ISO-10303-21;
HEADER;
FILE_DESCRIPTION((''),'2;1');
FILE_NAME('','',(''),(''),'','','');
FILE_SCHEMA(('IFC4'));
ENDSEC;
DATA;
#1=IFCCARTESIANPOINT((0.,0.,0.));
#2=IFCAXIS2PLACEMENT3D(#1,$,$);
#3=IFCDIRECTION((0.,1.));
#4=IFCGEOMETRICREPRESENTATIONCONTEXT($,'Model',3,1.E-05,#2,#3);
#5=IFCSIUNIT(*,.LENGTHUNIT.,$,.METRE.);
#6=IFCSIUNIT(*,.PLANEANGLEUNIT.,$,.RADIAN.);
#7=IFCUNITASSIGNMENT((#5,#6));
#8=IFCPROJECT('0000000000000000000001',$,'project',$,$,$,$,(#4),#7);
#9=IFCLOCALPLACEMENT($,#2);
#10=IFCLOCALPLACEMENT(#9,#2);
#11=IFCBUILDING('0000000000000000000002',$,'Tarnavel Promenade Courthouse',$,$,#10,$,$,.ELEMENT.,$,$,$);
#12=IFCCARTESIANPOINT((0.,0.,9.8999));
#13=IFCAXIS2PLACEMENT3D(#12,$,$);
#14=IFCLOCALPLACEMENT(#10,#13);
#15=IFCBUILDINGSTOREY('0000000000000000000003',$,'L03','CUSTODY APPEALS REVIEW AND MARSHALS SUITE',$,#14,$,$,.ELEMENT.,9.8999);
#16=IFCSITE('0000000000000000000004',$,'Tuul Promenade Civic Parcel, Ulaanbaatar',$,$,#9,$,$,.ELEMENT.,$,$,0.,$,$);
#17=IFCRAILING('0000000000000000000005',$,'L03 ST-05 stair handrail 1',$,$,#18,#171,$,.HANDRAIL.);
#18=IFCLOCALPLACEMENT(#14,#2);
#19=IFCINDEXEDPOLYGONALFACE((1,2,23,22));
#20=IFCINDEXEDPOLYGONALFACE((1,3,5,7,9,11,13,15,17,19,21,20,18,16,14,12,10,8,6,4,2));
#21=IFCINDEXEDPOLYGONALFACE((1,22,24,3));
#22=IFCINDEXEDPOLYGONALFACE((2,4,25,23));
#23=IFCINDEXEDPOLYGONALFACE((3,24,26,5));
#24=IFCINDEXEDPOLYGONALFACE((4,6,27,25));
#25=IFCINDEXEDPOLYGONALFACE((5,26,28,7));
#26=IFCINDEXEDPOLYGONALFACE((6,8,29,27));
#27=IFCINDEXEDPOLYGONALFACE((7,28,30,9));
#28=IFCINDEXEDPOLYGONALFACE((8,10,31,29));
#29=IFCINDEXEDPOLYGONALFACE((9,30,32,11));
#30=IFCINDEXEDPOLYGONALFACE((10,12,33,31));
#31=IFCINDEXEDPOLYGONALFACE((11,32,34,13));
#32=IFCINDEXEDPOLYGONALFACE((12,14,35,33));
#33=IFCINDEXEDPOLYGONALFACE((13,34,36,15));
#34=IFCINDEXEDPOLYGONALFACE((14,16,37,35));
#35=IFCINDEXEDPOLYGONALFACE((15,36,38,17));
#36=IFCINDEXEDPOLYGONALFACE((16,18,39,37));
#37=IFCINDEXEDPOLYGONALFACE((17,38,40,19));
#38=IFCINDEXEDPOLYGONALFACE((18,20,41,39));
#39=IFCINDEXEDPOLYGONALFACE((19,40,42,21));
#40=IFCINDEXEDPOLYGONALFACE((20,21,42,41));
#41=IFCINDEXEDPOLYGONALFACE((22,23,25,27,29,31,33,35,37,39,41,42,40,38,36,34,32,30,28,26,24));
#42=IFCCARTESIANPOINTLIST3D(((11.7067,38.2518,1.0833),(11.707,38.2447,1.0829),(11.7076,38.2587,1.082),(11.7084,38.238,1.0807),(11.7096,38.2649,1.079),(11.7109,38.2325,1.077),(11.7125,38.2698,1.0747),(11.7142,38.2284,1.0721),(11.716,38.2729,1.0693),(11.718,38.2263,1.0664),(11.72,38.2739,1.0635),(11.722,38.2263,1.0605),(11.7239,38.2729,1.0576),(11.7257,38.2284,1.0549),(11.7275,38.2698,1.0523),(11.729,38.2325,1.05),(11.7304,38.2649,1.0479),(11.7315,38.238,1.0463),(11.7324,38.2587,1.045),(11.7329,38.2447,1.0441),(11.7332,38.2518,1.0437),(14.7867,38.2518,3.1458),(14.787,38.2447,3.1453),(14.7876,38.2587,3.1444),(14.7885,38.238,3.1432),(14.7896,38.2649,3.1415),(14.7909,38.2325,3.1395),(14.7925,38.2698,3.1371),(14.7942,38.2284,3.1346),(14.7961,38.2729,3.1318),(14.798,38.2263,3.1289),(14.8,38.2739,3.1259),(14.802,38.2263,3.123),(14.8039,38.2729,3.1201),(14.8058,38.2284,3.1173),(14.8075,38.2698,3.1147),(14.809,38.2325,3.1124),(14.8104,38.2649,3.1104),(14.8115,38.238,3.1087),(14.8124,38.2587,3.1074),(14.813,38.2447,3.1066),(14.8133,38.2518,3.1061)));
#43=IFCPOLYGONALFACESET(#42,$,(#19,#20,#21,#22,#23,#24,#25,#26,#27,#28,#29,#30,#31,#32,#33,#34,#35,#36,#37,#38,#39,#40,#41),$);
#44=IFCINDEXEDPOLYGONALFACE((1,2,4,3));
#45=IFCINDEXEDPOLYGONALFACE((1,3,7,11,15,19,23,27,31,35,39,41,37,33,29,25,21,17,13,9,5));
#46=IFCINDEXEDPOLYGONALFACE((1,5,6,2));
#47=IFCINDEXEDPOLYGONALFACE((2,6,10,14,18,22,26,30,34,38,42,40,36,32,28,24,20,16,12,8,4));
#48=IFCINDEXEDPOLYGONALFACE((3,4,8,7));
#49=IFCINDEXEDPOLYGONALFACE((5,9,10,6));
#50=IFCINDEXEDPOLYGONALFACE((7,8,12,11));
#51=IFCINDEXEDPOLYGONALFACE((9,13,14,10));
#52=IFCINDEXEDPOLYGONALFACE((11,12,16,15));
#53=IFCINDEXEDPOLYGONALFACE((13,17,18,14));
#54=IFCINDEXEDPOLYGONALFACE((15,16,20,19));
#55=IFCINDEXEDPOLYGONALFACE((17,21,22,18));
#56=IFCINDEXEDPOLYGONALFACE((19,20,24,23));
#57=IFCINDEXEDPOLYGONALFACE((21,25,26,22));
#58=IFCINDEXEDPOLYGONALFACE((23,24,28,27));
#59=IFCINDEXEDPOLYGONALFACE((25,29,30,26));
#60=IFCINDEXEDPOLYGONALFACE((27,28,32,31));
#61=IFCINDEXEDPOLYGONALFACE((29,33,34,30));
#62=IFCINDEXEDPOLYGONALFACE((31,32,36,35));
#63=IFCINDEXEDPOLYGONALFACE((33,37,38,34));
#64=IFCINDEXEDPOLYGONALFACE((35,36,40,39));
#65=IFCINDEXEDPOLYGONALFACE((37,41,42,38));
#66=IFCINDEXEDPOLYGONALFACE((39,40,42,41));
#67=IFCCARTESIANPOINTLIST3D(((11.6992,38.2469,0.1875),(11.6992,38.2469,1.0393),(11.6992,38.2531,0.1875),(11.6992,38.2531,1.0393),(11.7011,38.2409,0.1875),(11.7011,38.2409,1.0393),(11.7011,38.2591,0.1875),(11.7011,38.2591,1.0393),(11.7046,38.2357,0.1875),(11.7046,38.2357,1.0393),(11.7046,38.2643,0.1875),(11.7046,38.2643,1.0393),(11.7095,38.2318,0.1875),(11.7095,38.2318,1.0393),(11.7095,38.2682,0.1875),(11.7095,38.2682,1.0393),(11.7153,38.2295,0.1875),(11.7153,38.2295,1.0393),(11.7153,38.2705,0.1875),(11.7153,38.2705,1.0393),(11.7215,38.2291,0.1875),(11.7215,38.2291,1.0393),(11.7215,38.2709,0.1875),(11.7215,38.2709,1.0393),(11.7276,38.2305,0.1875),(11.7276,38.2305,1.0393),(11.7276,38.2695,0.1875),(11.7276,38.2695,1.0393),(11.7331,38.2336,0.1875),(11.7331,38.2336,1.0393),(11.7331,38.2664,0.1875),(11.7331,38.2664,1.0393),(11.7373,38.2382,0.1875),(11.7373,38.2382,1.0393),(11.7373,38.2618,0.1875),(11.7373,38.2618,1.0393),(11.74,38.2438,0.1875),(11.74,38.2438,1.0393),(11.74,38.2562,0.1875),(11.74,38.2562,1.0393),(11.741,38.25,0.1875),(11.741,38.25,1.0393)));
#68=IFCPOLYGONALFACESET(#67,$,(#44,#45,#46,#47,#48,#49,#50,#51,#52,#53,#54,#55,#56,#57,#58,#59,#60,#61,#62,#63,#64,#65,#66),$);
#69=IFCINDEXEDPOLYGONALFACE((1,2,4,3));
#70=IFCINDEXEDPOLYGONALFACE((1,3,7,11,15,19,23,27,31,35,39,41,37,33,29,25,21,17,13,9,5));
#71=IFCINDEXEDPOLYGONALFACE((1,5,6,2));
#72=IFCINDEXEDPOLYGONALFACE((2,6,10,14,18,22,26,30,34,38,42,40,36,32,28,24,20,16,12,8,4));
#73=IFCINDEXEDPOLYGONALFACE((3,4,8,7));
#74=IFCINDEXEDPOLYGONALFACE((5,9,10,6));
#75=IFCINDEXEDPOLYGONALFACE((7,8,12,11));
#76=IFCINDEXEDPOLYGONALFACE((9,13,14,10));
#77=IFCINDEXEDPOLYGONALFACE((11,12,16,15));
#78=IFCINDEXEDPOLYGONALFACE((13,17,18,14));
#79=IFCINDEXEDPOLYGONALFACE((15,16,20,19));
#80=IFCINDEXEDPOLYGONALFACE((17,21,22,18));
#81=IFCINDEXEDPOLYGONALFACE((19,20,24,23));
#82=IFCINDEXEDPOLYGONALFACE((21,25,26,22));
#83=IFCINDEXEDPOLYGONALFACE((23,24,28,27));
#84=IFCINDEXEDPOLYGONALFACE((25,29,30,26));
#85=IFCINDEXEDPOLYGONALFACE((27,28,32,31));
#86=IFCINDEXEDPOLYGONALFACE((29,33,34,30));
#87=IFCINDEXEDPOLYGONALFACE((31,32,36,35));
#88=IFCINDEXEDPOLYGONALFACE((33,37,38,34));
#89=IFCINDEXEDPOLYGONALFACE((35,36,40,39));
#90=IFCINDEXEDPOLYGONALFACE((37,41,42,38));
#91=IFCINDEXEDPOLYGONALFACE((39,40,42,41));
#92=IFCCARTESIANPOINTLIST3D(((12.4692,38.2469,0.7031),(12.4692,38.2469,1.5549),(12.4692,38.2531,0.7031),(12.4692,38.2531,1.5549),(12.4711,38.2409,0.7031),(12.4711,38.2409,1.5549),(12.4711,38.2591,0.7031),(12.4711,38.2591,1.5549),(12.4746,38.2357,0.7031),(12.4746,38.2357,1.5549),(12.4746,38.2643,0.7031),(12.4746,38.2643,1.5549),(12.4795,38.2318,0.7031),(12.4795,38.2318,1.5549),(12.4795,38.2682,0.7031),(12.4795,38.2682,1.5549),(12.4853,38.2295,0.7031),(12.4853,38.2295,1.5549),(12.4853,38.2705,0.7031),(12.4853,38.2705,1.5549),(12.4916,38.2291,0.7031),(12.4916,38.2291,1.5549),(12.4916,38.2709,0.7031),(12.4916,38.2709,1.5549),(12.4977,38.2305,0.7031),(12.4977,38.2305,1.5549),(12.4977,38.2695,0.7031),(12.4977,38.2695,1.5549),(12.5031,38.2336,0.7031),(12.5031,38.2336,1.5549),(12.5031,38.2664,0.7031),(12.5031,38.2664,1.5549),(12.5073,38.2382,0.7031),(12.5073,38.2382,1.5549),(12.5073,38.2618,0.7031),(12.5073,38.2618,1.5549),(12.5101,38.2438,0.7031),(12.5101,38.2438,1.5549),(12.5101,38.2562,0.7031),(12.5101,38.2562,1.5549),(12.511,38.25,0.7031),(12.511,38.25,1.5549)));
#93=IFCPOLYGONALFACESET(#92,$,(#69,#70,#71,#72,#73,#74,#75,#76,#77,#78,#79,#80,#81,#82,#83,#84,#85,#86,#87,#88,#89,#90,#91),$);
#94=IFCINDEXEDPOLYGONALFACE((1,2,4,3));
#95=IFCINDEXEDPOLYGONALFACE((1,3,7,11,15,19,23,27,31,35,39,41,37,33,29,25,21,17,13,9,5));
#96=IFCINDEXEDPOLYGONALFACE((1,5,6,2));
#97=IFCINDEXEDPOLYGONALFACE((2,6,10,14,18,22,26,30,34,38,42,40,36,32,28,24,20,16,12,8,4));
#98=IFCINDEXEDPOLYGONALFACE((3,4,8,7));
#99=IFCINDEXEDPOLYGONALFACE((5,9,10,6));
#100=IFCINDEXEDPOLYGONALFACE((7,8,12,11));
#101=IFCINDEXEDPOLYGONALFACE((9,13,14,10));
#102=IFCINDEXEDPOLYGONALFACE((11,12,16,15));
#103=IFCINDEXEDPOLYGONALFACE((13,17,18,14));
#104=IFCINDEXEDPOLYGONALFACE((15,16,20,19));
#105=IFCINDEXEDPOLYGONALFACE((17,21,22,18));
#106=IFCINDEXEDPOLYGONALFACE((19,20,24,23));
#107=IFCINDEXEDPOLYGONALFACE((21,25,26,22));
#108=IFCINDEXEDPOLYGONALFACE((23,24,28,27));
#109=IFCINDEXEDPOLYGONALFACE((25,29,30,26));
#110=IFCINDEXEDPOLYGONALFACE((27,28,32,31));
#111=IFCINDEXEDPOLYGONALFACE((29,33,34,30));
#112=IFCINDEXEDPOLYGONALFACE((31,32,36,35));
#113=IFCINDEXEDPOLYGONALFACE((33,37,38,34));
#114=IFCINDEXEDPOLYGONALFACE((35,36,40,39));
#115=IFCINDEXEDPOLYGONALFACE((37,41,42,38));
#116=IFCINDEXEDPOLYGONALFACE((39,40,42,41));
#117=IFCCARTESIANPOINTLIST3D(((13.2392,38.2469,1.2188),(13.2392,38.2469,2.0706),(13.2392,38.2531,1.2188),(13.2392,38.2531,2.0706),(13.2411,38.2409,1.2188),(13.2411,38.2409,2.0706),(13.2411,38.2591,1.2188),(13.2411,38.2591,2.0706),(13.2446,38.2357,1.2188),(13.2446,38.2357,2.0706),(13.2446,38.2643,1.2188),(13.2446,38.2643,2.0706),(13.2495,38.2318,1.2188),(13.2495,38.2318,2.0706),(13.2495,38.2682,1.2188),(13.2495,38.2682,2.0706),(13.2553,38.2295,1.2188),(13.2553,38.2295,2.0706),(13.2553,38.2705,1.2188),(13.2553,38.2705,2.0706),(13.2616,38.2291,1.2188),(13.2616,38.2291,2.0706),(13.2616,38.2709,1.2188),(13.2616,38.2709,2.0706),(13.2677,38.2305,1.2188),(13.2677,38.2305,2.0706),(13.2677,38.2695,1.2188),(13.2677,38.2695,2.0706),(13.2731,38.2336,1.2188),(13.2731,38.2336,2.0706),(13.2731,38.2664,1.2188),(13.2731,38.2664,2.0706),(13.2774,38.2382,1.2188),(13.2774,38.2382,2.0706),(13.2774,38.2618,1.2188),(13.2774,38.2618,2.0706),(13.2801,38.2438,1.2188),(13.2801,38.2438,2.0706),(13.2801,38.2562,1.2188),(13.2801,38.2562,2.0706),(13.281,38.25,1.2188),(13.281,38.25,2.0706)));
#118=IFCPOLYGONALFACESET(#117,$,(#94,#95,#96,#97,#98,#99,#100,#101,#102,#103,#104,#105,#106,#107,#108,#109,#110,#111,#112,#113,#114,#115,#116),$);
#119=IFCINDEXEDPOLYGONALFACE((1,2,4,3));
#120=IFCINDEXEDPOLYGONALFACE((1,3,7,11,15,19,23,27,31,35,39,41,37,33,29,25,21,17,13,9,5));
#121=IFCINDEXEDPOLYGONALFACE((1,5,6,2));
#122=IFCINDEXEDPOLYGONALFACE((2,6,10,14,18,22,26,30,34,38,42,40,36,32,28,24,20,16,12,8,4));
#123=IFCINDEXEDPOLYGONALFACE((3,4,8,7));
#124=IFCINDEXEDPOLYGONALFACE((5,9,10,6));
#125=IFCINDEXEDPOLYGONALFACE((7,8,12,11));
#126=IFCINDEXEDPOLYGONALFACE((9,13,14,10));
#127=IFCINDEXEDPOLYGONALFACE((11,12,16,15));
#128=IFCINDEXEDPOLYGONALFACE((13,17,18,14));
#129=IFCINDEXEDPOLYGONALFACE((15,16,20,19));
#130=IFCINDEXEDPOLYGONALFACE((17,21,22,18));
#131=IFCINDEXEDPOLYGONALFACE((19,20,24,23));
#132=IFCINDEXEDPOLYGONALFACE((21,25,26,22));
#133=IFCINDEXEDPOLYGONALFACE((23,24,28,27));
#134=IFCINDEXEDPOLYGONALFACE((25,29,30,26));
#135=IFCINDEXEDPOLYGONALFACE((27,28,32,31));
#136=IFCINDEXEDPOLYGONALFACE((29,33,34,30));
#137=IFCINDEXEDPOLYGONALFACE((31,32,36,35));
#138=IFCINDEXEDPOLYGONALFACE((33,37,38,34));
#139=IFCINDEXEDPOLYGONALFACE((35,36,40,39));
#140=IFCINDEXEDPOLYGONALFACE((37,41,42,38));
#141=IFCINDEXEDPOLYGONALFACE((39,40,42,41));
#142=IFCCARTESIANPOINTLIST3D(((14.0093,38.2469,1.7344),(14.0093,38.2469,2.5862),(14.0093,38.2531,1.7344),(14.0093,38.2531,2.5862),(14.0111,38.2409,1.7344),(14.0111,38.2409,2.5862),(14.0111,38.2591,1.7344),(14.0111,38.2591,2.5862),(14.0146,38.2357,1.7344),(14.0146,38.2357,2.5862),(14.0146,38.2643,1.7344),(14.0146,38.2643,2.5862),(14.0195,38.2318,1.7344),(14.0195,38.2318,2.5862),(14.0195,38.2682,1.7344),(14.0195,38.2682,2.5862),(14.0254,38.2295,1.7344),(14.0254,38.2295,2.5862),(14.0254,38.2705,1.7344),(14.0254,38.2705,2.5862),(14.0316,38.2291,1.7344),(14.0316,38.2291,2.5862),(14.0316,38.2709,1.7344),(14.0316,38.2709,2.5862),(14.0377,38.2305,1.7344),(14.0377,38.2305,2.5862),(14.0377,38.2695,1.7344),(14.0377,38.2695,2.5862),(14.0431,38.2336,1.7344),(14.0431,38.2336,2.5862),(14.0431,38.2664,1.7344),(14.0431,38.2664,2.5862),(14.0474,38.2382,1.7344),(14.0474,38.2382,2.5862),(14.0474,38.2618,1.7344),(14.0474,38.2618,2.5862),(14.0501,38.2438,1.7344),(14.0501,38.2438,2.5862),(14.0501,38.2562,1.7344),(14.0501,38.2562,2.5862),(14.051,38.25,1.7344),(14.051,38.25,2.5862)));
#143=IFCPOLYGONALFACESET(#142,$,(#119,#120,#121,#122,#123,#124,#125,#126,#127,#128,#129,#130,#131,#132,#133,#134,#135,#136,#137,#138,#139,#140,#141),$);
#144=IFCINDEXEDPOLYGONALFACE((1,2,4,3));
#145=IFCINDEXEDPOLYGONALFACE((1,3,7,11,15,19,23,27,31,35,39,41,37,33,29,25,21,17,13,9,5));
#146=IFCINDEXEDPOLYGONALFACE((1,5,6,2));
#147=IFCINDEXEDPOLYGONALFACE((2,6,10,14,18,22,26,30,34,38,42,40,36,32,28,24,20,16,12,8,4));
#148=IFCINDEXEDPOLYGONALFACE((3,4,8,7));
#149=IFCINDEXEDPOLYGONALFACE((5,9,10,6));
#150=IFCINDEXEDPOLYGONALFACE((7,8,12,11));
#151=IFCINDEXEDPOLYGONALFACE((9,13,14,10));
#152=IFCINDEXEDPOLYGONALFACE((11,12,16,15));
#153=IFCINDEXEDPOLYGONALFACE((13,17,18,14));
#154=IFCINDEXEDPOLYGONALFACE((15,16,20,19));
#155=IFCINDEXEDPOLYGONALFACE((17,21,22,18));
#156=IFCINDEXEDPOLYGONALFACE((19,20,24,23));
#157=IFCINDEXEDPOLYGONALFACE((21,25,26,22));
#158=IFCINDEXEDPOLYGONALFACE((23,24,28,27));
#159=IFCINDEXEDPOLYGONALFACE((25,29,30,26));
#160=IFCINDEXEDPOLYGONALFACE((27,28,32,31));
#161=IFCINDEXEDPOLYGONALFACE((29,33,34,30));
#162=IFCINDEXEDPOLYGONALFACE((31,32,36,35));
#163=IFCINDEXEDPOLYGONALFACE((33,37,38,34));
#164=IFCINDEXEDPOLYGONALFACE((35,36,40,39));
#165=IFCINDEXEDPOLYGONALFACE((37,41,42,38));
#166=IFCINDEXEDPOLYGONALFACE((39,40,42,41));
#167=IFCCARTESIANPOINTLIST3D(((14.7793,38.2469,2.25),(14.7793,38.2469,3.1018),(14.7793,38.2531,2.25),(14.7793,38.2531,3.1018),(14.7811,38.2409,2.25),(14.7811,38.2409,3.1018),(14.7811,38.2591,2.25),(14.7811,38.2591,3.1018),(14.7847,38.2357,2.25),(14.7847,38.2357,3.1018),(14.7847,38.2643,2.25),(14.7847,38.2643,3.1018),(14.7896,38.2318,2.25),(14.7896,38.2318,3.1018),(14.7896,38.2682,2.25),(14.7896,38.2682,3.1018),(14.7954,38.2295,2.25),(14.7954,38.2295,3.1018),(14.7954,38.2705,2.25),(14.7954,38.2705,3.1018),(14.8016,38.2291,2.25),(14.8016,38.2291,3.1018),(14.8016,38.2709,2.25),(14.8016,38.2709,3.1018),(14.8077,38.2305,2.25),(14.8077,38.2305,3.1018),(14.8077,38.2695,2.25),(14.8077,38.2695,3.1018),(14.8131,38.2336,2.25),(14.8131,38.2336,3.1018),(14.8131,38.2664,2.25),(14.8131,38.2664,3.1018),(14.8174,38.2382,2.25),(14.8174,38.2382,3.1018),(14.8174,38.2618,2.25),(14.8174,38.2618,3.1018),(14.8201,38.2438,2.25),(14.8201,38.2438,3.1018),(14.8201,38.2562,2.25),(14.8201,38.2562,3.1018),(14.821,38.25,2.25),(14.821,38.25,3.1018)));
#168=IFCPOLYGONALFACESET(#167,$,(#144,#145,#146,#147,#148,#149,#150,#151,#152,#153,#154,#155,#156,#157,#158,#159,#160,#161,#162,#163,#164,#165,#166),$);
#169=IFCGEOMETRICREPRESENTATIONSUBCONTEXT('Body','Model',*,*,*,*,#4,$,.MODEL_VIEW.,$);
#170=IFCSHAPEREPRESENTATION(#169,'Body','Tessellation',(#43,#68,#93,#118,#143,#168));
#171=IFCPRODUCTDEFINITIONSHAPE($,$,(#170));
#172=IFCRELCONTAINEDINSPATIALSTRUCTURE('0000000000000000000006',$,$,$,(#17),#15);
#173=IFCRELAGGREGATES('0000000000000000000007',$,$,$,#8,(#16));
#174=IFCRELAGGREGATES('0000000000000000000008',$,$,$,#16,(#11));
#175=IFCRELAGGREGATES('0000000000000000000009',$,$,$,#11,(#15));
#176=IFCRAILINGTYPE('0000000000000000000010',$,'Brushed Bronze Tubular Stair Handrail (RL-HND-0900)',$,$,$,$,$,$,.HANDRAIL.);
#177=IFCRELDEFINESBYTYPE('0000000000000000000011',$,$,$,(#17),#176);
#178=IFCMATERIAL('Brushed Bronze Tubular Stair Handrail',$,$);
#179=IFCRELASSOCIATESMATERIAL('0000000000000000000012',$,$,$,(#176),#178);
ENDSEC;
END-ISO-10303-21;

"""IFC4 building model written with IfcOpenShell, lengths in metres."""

from ifc_helpers import new_model, si_unit, direction, frame, origin, origin_2d, place, context, subcontext, project, spatial, circle, extrude, material, type_object, element, save


model = new_model("IFC4")

# Units and contexts
model_context = context("Model", 3, precision=1e-05, world=origin(), true_north=direction((0.0, 1.0)))
body_context = subcontext(model_context, "Body", "Model", "MODEL_VIEW")
ifc_project = project(units=[si_unit("LENGTHUNIT", "METRE"), si_unit("PLANEANGLEUNIT", "RADIAN")], contexts=[model_context])

# Site, building, storey
site_placement = place(None, origin())
site = spatial("IfcSite", under=ifc_project, at=site_placement, Name="Tuul Promenade Civic Parcel, Ulaanbaatar", CompositionType="ELEMENT", RefElevation=0.0)
building_placement = place(site_placement, origin())
building = spatial("IfcBuilding", under=site, at=building_placement, Name="Tarnavel Promenade Courthouse", CompositionType="ELEMENT")
storey_placement = place(building_placement, frame((0.0, 0.0, 9.8999)))
storey = spatial("IfcBuildingStorey", under=building, at=storey_placement, Name="L03", Description="CUSTODY APPEALS REVIEW AND MARSHALS SUITE", CompositionType="ELEMENT", Elevation=9.8999)

# Railing
ifc_material_1 = material(Name="Brushed Bronze Tubular Stair Handrail")
railing_type_1 = type_object("IfcRailingType", Name="Brushed Bronze Tubular Stair Handrail (RL-HND-0900)", PredefinedType="HANDRAIL", material=ifc_material_1)
railing_1_placement = place(storey_placement, frame((11.72, 38.25, 0.1875)))
element("IfcRailing", 1, at=railing_1_placement, inside=storey, type_object=railing_type_1, Name="L03 ST-05 stair handrail 1", PredefinedType="HANDRAIL", context=body_context, shape_type="SweptSolid", body=[
    extrude(circle(Radius=0.0239, at=origin_2d()), frame((0.0, 0.0, 0.876), z_axis=(0.830914, 0.0, 0.556401), x_axis=(0.0, 1.0, 0.0)), (0.0, 0.0, 1.0), 3.7068),
    extrude(circle(Radius=0.021, at=origin_2d()), origin(), (0.0, 0.0, 1.0), 0.8518),
    extrude(circle(Radius=0.021, at=origin_2d()), frame((0.77, 0.0, 0.5156)), (0.0, 0.0, 1.0), 0.8518),
    extrude(circle(Radius=0.021, at=origin_2d()), frame((1.54, 0.0, 1.0312)), (0.0, 0.0, 1.0), 0.8518),
    extrude(circle(Radius=0.021, at=origin_2d()), frame((2.3101, 0.0, 1.5469)), (0.0, 0.0, 1.0), 0.8518),
    extrude(circle(Radius=0.021, at=origin_2d()), frame((3.0801, 0.0, 2.0625)), (0.0, 0.0, 1.0), 0.8518),
])

save(model, "model.ifc")
